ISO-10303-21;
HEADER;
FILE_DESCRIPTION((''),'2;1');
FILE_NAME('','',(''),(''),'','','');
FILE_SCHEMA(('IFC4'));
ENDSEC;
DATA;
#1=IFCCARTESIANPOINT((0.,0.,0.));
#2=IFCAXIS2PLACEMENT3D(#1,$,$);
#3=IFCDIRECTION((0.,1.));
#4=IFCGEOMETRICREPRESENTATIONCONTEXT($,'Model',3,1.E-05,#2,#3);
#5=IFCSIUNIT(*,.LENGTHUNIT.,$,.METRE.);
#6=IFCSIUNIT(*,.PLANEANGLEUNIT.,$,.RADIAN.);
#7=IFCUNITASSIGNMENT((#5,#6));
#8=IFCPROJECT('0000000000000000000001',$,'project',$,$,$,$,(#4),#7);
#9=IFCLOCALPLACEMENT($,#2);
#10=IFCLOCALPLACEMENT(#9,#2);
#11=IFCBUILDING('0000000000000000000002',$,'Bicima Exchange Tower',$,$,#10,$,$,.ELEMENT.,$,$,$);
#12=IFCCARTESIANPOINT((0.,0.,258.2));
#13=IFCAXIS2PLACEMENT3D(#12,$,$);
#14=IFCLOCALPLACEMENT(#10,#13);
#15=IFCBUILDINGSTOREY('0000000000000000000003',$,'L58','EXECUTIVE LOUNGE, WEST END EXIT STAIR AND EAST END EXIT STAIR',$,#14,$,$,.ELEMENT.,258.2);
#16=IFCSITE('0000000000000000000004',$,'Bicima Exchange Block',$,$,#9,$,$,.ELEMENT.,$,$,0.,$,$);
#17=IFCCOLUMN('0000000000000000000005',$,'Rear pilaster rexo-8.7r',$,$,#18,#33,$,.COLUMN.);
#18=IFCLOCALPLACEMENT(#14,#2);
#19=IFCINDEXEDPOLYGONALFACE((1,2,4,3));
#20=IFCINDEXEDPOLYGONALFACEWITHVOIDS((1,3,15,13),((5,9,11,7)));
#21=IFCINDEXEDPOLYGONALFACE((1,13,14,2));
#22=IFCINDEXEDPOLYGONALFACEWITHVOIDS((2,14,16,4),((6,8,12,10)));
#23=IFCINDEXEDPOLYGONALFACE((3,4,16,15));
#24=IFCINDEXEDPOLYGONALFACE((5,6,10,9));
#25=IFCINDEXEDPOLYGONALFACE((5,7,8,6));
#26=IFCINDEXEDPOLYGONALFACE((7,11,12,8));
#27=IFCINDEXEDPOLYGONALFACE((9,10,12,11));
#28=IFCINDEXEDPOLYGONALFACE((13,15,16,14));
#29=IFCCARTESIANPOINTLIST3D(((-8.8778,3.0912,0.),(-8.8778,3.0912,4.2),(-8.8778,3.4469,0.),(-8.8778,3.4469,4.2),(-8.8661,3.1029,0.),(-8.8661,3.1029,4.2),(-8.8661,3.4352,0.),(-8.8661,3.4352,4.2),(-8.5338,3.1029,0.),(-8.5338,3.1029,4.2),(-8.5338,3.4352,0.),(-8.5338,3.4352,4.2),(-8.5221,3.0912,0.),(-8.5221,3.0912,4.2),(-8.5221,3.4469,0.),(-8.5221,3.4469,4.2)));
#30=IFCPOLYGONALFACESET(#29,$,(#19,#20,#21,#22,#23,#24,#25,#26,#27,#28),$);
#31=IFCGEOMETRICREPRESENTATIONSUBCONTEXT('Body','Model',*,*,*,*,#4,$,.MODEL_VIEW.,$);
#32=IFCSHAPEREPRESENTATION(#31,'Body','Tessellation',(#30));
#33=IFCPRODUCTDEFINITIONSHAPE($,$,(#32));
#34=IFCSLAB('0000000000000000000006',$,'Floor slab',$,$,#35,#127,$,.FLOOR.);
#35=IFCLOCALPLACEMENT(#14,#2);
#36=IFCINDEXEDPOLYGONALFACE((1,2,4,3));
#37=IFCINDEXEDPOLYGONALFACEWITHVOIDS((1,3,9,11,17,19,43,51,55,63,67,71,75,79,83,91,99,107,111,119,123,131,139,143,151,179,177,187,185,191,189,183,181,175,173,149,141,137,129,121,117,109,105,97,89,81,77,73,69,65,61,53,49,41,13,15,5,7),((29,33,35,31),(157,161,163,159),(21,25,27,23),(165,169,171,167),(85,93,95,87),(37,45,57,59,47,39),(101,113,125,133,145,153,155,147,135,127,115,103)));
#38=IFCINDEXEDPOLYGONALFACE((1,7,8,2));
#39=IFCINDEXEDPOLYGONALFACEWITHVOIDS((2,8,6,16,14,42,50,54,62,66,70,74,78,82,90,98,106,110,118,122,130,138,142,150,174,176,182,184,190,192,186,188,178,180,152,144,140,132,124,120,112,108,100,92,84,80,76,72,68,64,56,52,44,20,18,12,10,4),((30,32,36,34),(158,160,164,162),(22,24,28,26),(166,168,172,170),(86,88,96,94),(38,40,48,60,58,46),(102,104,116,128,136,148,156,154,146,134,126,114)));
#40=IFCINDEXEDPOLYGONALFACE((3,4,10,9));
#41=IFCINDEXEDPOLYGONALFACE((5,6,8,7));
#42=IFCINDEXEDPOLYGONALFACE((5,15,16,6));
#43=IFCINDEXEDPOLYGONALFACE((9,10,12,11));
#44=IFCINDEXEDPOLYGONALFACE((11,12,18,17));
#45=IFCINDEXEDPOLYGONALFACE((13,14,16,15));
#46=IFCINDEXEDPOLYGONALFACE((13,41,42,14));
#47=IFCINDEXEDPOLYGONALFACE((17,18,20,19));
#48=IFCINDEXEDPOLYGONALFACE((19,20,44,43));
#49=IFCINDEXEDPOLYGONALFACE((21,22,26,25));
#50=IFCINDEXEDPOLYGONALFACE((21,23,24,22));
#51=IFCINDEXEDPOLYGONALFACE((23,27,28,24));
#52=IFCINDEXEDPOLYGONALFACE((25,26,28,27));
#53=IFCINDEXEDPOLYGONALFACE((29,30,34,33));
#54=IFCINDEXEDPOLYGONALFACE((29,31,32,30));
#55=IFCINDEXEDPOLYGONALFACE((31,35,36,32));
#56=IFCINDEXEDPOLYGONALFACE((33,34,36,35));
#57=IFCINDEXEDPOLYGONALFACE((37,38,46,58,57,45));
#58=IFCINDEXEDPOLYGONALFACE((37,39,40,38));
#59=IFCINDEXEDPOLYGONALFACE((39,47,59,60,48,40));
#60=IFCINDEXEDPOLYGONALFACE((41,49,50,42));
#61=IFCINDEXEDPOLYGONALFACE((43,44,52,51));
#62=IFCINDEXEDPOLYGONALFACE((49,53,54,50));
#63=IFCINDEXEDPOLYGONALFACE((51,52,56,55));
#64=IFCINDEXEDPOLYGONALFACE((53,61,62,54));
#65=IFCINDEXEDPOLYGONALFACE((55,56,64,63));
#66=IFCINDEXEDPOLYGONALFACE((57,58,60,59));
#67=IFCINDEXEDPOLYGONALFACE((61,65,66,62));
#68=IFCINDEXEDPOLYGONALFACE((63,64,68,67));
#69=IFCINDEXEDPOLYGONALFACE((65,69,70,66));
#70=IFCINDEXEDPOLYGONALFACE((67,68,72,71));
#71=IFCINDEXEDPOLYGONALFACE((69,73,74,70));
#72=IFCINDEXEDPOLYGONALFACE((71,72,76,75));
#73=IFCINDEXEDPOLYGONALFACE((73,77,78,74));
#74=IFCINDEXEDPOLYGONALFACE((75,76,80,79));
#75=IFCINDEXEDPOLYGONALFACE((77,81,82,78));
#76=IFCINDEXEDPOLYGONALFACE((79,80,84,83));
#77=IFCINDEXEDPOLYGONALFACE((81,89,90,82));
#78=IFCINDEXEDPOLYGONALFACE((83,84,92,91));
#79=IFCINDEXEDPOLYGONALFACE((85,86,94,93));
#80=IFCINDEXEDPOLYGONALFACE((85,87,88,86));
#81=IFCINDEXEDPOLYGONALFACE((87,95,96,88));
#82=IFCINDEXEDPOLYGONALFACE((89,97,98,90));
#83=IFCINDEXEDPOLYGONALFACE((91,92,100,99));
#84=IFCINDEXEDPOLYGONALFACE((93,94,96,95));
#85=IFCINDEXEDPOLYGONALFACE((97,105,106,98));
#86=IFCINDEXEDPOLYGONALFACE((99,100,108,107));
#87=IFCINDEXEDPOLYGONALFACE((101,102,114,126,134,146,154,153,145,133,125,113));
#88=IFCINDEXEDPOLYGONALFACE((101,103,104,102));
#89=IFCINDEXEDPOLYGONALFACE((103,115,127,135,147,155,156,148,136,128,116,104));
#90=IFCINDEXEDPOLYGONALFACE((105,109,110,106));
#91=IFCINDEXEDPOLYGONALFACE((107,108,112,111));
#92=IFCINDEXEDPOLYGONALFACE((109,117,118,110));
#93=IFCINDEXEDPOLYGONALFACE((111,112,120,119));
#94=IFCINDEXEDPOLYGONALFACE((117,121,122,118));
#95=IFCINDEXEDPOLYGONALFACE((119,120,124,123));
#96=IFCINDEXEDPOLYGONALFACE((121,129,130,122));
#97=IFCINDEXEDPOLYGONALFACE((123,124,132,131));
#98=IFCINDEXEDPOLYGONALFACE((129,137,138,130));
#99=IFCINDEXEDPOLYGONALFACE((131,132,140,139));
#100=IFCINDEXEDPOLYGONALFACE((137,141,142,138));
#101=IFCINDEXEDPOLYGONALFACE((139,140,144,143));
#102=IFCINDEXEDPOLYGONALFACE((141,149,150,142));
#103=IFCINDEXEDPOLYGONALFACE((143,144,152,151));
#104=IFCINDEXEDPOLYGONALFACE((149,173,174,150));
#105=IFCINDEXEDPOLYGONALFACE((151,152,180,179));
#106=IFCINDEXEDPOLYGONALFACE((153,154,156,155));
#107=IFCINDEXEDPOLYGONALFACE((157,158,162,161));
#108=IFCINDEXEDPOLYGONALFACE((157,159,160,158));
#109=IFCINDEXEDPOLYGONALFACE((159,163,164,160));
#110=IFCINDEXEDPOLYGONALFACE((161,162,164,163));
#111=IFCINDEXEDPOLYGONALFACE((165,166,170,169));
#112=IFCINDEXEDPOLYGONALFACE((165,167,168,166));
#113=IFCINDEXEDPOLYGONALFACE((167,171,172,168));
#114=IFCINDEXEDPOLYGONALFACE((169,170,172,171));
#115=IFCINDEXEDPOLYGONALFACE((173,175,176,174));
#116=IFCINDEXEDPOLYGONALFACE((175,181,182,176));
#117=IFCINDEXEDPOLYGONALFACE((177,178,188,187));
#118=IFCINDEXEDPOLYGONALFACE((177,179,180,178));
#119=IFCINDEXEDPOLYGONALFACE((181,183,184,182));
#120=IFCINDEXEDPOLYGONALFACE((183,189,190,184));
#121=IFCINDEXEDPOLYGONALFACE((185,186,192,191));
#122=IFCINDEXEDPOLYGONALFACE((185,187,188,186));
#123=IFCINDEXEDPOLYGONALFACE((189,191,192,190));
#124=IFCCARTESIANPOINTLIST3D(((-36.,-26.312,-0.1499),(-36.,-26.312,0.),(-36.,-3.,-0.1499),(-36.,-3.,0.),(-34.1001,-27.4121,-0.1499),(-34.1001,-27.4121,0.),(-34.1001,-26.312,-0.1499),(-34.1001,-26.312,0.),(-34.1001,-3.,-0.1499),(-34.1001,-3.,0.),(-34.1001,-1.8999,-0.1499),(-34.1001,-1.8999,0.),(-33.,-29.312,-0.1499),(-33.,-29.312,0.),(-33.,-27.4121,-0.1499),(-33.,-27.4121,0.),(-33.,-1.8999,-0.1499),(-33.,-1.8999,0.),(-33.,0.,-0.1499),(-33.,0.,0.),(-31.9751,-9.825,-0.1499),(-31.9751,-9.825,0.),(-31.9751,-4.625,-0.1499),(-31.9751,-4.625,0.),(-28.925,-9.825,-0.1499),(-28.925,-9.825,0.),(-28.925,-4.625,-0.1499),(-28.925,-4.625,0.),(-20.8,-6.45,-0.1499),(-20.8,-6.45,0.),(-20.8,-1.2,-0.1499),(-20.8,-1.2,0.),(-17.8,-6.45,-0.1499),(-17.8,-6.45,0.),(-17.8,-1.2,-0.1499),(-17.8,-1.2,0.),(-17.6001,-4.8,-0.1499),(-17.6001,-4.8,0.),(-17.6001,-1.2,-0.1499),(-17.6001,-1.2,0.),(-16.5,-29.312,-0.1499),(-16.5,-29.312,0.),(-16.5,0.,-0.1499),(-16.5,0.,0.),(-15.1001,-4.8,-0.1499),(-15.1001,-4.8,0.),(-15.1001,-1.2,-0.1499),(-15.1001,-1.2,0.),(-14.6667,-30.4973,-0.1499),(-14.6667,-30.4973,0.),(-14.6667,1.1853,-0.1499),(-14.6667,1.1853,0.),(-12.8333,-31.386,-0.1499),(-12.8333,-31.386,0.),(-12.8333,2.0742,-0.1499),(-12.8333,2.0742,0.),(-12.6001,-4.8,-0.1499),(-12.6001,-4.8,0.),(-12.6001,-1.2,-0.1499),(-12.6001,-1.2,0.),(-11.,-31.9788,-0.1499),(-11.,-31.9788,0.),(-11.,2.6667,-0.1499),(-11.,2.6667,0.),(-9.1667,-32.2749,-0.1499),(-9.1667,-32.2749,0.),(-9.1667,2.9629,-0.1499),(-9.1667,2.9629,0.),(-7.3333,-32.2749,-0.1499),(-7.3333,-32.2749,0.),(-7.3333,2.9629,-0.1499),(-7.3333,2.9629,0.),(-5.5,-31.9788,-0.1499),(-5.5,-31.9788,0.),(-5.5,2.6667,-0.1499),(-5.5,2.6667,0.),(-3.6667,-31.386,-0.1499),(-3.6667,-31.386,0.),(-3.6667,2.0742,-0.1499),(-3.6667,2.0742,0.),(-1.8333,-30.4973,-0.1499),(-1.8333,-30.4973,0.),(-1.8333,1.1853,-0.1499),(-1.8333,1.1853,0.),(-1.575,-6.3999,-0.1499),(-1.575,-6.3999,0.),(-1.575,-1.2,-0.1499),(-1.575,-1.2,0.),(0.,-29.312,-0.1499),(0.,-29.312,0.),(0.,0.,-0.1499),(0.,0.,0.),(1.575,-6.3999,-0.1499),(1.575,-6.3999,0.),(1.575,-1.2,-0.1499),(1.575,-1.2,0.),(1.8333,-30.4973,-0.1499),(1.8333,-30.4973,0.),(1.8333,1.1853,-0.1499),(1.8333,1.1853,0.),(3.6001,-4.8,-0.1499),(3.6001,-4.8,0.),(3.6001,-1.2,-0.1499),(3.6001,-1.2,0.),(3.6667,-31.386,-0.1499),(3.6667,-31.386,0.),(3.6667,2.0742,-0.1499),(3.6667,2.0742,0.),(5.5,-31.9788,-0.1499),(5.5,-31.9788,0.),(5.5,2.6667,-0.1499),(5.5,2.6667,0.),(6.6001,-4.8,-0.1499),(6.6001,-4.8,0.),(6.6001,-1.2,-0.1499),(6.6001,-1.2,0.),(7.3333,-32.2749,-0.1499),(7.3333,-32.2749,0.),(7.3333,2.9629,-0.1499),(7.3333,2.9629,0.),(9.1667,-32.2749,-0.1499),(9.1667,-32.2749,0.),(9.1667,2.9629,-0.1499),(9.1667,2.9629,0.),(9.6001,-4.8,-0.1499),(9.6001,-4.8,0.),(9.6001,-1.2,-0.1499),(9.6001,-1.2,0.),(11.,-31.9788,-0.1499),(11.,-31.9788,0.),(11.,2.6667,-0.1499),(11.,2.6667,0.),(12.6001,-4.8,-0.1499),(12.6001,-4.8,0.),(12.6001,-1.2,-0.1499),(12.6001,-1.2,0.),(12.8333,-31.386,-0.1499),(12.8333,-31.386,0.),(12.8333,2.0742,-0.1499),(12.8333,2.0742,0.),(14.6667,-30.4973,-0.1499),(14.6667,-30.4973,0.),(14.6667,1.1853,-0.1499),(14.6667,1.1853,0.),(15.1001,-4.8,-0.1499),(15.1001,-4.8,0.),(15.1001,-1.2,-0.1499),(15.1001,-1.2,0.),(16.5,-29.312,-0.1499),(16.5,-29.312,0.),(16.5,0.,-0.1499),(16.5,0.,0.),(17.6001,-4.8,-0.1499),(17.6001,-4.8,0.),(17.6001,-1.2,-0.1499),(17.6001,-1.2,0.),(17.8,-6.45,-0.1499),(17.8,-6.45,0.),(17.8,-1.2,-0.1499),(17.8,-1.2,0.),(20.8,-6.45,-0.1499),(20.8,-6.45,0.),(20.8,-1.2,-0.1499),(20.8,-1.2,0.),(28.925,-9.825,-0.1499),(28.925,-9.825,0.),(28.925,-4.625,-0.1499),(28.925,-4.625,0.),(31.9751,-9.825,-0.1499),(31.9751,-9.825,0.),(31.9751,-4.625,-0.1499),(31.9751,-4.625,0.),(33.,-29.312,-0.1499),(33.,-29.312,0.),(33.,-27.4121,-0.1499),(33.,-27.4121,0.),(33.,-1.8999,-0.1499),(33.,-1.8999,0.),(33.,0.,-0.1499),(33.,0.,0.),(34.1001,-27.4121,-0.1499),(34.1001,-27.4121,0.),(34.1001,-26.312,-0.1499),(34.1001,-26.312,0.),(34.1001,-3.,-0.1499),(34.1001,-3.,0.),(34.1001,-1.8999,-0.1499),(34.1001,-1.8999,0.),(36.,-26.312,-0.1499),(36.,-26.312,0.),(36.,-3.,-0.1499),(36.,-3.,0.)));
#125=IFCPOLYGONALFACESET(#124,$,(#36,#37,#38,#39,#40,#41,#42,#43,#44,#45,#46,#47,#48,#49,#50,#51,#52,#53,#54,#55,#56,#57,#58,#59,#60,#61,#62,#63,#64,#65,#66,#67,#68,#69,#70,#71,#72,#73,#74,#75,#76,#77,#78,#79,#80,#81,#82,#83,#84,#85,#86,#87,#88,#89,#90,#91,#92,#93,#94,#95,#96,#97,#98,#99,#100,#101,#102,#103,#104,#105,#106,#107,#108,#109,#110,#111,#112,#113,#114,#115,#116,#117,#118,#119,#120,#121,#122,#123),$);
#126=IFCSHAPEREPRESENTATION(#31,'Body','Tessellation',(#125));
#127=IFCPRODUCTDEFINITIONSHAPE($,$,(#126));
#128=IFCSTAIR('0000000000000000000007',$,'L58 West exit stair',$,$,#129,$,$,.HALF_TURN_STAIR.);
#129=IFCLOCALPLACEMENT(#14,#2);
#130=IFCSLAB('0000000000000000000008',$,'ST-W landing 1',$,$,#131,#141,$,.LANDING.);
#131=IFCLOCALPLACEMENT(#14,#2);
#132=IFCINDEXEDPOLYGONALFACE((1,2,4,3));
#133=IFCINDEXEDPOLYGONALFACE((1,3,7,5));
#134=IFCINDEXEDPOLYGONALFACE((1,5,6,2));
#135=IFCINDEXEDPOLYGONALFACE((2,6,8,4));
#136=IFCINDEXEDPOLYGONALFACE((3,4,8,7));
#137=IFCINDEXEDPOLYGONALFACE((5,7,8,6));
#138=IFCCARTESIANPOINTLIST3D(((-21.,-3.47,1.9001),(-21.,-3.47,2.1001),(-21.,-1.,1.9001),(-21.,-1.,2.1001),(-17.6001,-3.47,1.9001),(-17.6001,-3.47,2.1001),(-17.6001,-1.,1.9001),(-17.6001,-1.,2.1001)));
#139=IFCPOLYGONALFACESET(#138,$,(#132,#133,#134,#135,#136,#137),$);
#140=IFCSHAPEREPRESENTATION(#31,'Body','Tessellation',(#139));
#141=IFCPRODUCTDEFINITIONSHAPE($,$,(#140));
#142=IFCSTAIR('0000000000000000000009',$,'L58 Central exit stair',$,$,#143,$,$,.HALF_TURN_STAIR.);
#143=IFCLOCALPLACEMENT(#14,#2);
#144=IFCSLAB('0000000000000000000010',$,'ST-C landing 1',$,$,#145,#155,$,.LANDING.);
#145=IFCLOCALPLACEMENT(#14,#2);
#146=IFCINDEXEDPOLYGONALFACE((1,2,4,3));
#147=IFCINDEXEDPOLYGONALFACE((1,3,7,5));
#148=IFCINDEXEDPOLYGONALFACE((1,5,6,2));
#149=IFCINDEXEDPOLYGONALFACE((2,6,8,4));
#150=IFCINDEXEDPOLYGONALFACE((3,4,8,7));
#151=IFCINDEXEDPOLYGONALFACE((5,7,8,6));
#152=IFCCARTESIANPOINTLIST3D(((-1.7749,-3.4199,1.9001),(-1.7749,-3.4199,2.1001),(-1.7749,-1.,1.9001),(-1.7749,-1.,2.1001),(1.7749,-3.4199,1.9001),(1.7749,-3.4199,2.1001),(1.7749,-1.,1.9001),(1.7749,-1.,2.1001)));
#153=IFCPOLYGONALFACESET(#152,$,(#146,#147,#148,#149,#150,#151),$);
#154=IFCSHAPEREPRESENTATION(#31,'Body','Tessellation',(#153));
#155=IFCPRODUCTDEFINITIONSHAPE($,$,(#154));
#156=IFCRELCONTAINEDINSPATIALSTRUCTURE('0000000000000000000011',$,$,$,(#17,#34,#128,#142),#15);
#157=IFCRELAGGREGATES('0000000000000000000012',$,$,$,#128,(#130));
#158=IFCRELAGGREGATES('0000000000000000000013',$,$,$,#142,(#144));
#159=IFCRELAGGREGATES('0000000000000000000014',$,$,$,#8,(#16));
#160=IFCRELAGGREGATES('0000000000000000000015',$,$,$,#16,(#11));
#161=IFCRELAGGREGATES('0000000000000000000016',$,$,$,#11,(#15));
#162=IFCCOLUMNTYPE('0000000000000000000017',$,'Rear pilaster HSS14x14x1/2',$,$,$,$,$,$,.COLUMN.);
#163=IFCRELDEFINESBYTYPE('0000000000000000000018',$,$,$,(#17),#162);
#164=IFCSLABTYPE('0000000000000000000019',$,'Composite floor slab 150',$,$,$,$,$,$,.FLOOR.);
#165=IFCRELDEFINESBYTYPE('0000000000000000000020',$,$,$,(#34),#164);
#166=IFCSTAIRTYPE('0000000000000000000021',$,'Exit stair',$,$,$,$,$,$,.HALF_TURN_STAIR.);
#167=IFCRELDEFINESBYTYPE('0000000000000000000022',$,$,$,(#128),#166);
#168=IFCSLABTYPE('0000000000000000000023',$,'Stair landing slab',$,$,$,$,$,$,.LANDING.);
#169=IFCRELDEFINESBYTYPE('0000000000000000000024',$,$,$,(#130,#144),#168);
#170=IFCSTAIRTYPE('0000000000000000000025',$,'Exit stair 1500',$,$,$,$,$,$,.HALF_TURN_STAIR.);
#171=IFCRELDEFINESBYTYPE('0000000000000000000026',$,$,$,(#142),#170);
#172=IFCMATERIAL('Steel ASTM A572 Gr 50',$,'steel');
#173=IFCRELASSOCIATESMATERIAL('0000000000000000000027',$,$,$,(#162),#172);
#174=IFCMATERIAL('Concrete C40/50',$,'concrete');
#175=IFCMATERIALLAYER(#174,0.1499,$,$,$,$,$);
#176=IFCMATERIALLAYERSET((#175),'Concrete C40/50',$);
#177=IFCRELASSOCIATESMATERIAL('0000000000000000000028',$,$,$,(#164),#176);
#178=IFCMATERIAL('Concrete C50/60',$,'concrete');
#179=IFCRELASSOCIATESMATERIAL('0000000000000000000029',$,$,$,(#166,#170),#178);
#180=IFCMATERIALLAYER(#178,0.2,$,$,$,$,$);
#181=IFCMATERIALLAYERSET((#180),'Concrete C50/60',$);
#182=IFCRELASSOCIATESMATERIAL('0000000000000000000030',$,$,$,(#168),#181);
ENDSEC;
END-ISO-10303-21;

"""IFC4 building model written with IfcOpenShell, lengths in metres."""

from ifc_helpers import new_model, si_unit, direction, frame, origin, origin_2d, place, context, subcontext, project, spatial, polyline, hollow_rectangle, outline, extrude, material, layer, layer_set, material_profile, profile_set, type_object, element, aggregate, save


model = new_model("IFC4")

# Units and contexts
model_context = context("Model", 3, precision=1e-05, world=origin(), true_north=direction((0.0, 1.0)))
body_context = subcontext(model_context, "Body", "Model", "MODEL_VIEW")
ifc_project = project(units=[si_unit("LENGTHUNIT", "METRE"), si_unit("PLANEANGLEUNIT", "RADIAN")], contexts=[model_context])

# Site, building, storey
site_placement = place(None, origin())
site = spatial("IfcSite", under=ifc_project, at=site_placement, Name="Bicima Exchange Block", CompositionType="ELEMENT", RefElevation=0.0)
building_placement = place(site_placement, origin())
building = spatial("IfcBuilding", under=site, at=building_placement, Name="Bicima Exchange Tower", CompositionType="ELEMENT")
storey_placement = place(building_placement, frame((0.0, 0.0, 258.2)))
storey = spatial("IfcBuildingStorey", under=building, at=storey_placement, Name="L58", Description="EXECUTIVE LOUNGE, WEST END EXIT STAIR AND EAST END EXIT STAIR", CompositionType="ELEMENT", Elevation=258.2)

# Column
ifc_material_1 = material(Name="Steel ASTM A572 Gr 50", Category="steel")
ifc_material_profile = material_profile(ifc_material_1, hollow_rectangle(XDim=0.3557, YDim=0.3557, WallThickness=0.0117, at=origin_2d()))
ifc_profile_set = profile_set([ifc_material_profile], Name="Steel ASTM A572 Gr 50")
column_type = type_object("IfcColumnType", Name="Rear pilaster HSS14x14x1/2", PredefinedType="COLUMN", material=ifc_profile_set)
column_placement = place(storey_placement, frame((-8.7, 3.269, 0.0), z_axis=(0.0, 0.0, 1.0), x_axis=(1.0, 0.0, 0.0)))
element("IfcColumn", 1, at=column_placement, inside=storey, type_object=column_type, Name="Rear pilaster rexo-8.7r", PredefinedType="COLUMN", context=body_context, shape_type="SweptSolid", body=[
    extrude(hollow_rectangle(XDim=0.3557, YDim=0.3557, WallThickness=0.0117, at=origin_2d()), origin(), (0.0, 0.0, 1.0), 4.2),
])

# Slab
ifc_material_2 = material(Name="Concrete C40/50", Category="concrete")
ifc_layer_1 = layer(ifc_material_2, 0.1499)
ifc_layer_set_1 = layer_set([ifc_layer_1], Name="Concrete C40/50")
slab_type_1 = type_object("IfcSlabType", Name="Composite floor slab 150", PredefinedType="FLOOR", material=ifc_layer_set_1)
slab_1_placement = place(storey_placement, frame((0.0, 0.0, -0.1499)))
element("IfcSlab", 2, at=slab_1_placement, inside=storey, type_object=slab_type_1, Name="Floor slab", PredefinedType="FLOOR", context=body_context, shape_type="SweptSolid", body=[
    extrude(outline(polyline([(-36.0, -26.312), (-36.0, -3.0), (-34.1001, -3.0), (-34.1001, -1.8999), (-33.0, -1.8999), (-33.0, 0.0), (-16.5, 0.0), (-14.6667, 1.1853), (-12.8333, 2.0742), (-11.0, 2.6667), (-9.1667, 2.9629), (-7.3333, 2.9629), (-5.5, 2.6667), (-3.6667, 2.0742), (-1.8333, 1.1853), (0.0, 0.0), (1.8333, 1.1853), (3.6667, 2.0742), (5.5, 2.6667), (7.3333, 2.9629), (9.1667, 2.9629), (11.0, 2.6667), (12.8333, 2.0742), (14.6667, 1.1853), (16.5, 0.0), (33.0, 0.0), (33.0, -1.8999), (34.1001, -1.8999), (34.1001, -3.0), (36.0, -3.0), (36.0, -26.312), (34.1001, -26.312), (34.1001, -27.4121), (33.0, -27.4121), (33.0, -29.312), (16.5, -29.312), (14.6667, -30.4973), (12.8333, -31.386), (11.0, -31.9788), (9.1667, -32.2749), (7.3333, -32.2749), (5.5, -31.9788), (3.6667, -31.386), (1.8333, -30.4973), (0.0, -29.312), (-1.8333, -30.4973), (-3.6667, -31.386), (-5.5, -31.9788), (-7.3333, -32.2749), (-9.1667, -32.2749), (-11.0, -31.9788), (-12.8333, -31.386), (-14.6667, -30.4973), (-16.5, -29.312), (-33.0, -29.312), (-33.0, -27.4121), (-34.1001, -27.4121), (-34.1001, -26.312), (-36.0, -26.312)]), holes=[polyline([(-28.925, -9.825), (-28.925, -4.625), (-31.9751, -4.625), (-31.9751, -9.825), (-28.925, -9.825)]), polyline([(-20.8, -6.45), (-17.8, -6.45), (-17.8, -1.2), (-20.8, -1.2), (-20.8, -6.45)]), polyline([(-1.575, -6.3999), (1.575, -6.3999), (1.575, -1.2), (-1.575, -1.2), (-1.575, -6.3999)]), polyline([(-12.6001, -1.2), (-15.1001, -1.2), (-17.6001, -1.2), (-17.6001, -4.8), (-15.1001, -4.8), (-12.6001, -4.8), (-12.6001, -1.2)]), polyline([(3.6001, -4.8), (6.6001, -4.8), (9.6001, -4.8), (12.6001, -4.8), (15.1001, -4.8), (17.6001, -4.8), (17.6001, -1.2), (15.1001, -1.2), (12.6001, -1.2), (9.6001, -1.2), (6.6001, -1.2), (3.6001, -1.2), (3.6001, -4.8)]), polyline([(31.9751, -9.825), (31.9751, -4.625), (28.925, -4.625), (28.925, -9.825), (31.9751, -9.825)]), polyline([(17.8, -6.45), (20.8, -6.45), (20.8, -1.2), (17.8, -1.2), (17.8, -6.45)])]), origin(), (0.0, 0.0, 1.0), 0.1499),
])

# Stairs, slabs
ifc_material_3 = material(Name="Concrete C50/60", Category="concrete")
stair_type_1 = type_object("IfcStairType", Name="Exit stair", PredefinedType="HALF_TURN_STAIR", material=ifc_material_3)
stair_1_placement = place(storey_placement, origin())
stair_1 = element("IfcStair", 3, at=stair_1_placement, inside=storey, type_object=stair_type_1, Name="L58 West exit stair", PredefinedType="HALF_TURN_STAIR")
ifc_layer_2 = layer(ifc_material_3, 0.2)
ifc_layer_set_2 = layer_set([ifc_layer_2], Name="Concrete C50/60")
slab_type_2 = type_object("IfcSlabType", Name="Stair landing slab", PredefinedType="LANDING", material=ifc_layer_set_2)
slab_2_placement = place(storey_placement, frame((0.0, 0.0, 1.9001)))
slab_2 = element("IfcSlab", 4, at=slab_2_placement, type_object=slab_type_2, Name="ST-W landing 1", PredefinedType="LANDING", context=body_context, shape_type="SweptSolid", body=[
    extrude(outline(polyline([(-17.6001, -3.47), (-17.6001, -1.0), (-21.0, -1.0), (-21.0, -3.47), (-17.6001, -3.47)])), origin(), (0.0, 0.0, 1.0), 0.2),
])
aggregate(stair_1, [slab_2])
stair_type_2 = type_object("IfcStairType", Name="Exit stair 1500", PredefinedType="HALF_TURN_STAIR", material=ifc_material_3)
stair_2_placement = place(storey_placement, origin())
stair_2 = element("IfcStair", 5, at=stair_2_placement, inside=storey, type_object=stair_type_2, Name="L58 Central exit stair", PredefinedType="HALF_TURN_STAIR")
slab_3_placement = place(storey_placement, frame((0.0, 0.0, 1.9001)))
slab_3 = element("IfcSlab", 6, at=slab_3_placement, type_object=slab_type_2, Name="ST-C landing 1", PredefinedType="LANDING", context=body_context, shape_type="SweptSolid", body=[
    extrude(outline(polyline([(1.7749, -3.4199), (1.7749, -1.0), (-1.7749, -1.0), (-1.7749, -3.4199), (1.7749, -3.4199)])), origin(), (0.0, 0.0, 1.0), 0.2),
])

aggregate(stair_2, [slab_3])

save(model, "model.ifc")
